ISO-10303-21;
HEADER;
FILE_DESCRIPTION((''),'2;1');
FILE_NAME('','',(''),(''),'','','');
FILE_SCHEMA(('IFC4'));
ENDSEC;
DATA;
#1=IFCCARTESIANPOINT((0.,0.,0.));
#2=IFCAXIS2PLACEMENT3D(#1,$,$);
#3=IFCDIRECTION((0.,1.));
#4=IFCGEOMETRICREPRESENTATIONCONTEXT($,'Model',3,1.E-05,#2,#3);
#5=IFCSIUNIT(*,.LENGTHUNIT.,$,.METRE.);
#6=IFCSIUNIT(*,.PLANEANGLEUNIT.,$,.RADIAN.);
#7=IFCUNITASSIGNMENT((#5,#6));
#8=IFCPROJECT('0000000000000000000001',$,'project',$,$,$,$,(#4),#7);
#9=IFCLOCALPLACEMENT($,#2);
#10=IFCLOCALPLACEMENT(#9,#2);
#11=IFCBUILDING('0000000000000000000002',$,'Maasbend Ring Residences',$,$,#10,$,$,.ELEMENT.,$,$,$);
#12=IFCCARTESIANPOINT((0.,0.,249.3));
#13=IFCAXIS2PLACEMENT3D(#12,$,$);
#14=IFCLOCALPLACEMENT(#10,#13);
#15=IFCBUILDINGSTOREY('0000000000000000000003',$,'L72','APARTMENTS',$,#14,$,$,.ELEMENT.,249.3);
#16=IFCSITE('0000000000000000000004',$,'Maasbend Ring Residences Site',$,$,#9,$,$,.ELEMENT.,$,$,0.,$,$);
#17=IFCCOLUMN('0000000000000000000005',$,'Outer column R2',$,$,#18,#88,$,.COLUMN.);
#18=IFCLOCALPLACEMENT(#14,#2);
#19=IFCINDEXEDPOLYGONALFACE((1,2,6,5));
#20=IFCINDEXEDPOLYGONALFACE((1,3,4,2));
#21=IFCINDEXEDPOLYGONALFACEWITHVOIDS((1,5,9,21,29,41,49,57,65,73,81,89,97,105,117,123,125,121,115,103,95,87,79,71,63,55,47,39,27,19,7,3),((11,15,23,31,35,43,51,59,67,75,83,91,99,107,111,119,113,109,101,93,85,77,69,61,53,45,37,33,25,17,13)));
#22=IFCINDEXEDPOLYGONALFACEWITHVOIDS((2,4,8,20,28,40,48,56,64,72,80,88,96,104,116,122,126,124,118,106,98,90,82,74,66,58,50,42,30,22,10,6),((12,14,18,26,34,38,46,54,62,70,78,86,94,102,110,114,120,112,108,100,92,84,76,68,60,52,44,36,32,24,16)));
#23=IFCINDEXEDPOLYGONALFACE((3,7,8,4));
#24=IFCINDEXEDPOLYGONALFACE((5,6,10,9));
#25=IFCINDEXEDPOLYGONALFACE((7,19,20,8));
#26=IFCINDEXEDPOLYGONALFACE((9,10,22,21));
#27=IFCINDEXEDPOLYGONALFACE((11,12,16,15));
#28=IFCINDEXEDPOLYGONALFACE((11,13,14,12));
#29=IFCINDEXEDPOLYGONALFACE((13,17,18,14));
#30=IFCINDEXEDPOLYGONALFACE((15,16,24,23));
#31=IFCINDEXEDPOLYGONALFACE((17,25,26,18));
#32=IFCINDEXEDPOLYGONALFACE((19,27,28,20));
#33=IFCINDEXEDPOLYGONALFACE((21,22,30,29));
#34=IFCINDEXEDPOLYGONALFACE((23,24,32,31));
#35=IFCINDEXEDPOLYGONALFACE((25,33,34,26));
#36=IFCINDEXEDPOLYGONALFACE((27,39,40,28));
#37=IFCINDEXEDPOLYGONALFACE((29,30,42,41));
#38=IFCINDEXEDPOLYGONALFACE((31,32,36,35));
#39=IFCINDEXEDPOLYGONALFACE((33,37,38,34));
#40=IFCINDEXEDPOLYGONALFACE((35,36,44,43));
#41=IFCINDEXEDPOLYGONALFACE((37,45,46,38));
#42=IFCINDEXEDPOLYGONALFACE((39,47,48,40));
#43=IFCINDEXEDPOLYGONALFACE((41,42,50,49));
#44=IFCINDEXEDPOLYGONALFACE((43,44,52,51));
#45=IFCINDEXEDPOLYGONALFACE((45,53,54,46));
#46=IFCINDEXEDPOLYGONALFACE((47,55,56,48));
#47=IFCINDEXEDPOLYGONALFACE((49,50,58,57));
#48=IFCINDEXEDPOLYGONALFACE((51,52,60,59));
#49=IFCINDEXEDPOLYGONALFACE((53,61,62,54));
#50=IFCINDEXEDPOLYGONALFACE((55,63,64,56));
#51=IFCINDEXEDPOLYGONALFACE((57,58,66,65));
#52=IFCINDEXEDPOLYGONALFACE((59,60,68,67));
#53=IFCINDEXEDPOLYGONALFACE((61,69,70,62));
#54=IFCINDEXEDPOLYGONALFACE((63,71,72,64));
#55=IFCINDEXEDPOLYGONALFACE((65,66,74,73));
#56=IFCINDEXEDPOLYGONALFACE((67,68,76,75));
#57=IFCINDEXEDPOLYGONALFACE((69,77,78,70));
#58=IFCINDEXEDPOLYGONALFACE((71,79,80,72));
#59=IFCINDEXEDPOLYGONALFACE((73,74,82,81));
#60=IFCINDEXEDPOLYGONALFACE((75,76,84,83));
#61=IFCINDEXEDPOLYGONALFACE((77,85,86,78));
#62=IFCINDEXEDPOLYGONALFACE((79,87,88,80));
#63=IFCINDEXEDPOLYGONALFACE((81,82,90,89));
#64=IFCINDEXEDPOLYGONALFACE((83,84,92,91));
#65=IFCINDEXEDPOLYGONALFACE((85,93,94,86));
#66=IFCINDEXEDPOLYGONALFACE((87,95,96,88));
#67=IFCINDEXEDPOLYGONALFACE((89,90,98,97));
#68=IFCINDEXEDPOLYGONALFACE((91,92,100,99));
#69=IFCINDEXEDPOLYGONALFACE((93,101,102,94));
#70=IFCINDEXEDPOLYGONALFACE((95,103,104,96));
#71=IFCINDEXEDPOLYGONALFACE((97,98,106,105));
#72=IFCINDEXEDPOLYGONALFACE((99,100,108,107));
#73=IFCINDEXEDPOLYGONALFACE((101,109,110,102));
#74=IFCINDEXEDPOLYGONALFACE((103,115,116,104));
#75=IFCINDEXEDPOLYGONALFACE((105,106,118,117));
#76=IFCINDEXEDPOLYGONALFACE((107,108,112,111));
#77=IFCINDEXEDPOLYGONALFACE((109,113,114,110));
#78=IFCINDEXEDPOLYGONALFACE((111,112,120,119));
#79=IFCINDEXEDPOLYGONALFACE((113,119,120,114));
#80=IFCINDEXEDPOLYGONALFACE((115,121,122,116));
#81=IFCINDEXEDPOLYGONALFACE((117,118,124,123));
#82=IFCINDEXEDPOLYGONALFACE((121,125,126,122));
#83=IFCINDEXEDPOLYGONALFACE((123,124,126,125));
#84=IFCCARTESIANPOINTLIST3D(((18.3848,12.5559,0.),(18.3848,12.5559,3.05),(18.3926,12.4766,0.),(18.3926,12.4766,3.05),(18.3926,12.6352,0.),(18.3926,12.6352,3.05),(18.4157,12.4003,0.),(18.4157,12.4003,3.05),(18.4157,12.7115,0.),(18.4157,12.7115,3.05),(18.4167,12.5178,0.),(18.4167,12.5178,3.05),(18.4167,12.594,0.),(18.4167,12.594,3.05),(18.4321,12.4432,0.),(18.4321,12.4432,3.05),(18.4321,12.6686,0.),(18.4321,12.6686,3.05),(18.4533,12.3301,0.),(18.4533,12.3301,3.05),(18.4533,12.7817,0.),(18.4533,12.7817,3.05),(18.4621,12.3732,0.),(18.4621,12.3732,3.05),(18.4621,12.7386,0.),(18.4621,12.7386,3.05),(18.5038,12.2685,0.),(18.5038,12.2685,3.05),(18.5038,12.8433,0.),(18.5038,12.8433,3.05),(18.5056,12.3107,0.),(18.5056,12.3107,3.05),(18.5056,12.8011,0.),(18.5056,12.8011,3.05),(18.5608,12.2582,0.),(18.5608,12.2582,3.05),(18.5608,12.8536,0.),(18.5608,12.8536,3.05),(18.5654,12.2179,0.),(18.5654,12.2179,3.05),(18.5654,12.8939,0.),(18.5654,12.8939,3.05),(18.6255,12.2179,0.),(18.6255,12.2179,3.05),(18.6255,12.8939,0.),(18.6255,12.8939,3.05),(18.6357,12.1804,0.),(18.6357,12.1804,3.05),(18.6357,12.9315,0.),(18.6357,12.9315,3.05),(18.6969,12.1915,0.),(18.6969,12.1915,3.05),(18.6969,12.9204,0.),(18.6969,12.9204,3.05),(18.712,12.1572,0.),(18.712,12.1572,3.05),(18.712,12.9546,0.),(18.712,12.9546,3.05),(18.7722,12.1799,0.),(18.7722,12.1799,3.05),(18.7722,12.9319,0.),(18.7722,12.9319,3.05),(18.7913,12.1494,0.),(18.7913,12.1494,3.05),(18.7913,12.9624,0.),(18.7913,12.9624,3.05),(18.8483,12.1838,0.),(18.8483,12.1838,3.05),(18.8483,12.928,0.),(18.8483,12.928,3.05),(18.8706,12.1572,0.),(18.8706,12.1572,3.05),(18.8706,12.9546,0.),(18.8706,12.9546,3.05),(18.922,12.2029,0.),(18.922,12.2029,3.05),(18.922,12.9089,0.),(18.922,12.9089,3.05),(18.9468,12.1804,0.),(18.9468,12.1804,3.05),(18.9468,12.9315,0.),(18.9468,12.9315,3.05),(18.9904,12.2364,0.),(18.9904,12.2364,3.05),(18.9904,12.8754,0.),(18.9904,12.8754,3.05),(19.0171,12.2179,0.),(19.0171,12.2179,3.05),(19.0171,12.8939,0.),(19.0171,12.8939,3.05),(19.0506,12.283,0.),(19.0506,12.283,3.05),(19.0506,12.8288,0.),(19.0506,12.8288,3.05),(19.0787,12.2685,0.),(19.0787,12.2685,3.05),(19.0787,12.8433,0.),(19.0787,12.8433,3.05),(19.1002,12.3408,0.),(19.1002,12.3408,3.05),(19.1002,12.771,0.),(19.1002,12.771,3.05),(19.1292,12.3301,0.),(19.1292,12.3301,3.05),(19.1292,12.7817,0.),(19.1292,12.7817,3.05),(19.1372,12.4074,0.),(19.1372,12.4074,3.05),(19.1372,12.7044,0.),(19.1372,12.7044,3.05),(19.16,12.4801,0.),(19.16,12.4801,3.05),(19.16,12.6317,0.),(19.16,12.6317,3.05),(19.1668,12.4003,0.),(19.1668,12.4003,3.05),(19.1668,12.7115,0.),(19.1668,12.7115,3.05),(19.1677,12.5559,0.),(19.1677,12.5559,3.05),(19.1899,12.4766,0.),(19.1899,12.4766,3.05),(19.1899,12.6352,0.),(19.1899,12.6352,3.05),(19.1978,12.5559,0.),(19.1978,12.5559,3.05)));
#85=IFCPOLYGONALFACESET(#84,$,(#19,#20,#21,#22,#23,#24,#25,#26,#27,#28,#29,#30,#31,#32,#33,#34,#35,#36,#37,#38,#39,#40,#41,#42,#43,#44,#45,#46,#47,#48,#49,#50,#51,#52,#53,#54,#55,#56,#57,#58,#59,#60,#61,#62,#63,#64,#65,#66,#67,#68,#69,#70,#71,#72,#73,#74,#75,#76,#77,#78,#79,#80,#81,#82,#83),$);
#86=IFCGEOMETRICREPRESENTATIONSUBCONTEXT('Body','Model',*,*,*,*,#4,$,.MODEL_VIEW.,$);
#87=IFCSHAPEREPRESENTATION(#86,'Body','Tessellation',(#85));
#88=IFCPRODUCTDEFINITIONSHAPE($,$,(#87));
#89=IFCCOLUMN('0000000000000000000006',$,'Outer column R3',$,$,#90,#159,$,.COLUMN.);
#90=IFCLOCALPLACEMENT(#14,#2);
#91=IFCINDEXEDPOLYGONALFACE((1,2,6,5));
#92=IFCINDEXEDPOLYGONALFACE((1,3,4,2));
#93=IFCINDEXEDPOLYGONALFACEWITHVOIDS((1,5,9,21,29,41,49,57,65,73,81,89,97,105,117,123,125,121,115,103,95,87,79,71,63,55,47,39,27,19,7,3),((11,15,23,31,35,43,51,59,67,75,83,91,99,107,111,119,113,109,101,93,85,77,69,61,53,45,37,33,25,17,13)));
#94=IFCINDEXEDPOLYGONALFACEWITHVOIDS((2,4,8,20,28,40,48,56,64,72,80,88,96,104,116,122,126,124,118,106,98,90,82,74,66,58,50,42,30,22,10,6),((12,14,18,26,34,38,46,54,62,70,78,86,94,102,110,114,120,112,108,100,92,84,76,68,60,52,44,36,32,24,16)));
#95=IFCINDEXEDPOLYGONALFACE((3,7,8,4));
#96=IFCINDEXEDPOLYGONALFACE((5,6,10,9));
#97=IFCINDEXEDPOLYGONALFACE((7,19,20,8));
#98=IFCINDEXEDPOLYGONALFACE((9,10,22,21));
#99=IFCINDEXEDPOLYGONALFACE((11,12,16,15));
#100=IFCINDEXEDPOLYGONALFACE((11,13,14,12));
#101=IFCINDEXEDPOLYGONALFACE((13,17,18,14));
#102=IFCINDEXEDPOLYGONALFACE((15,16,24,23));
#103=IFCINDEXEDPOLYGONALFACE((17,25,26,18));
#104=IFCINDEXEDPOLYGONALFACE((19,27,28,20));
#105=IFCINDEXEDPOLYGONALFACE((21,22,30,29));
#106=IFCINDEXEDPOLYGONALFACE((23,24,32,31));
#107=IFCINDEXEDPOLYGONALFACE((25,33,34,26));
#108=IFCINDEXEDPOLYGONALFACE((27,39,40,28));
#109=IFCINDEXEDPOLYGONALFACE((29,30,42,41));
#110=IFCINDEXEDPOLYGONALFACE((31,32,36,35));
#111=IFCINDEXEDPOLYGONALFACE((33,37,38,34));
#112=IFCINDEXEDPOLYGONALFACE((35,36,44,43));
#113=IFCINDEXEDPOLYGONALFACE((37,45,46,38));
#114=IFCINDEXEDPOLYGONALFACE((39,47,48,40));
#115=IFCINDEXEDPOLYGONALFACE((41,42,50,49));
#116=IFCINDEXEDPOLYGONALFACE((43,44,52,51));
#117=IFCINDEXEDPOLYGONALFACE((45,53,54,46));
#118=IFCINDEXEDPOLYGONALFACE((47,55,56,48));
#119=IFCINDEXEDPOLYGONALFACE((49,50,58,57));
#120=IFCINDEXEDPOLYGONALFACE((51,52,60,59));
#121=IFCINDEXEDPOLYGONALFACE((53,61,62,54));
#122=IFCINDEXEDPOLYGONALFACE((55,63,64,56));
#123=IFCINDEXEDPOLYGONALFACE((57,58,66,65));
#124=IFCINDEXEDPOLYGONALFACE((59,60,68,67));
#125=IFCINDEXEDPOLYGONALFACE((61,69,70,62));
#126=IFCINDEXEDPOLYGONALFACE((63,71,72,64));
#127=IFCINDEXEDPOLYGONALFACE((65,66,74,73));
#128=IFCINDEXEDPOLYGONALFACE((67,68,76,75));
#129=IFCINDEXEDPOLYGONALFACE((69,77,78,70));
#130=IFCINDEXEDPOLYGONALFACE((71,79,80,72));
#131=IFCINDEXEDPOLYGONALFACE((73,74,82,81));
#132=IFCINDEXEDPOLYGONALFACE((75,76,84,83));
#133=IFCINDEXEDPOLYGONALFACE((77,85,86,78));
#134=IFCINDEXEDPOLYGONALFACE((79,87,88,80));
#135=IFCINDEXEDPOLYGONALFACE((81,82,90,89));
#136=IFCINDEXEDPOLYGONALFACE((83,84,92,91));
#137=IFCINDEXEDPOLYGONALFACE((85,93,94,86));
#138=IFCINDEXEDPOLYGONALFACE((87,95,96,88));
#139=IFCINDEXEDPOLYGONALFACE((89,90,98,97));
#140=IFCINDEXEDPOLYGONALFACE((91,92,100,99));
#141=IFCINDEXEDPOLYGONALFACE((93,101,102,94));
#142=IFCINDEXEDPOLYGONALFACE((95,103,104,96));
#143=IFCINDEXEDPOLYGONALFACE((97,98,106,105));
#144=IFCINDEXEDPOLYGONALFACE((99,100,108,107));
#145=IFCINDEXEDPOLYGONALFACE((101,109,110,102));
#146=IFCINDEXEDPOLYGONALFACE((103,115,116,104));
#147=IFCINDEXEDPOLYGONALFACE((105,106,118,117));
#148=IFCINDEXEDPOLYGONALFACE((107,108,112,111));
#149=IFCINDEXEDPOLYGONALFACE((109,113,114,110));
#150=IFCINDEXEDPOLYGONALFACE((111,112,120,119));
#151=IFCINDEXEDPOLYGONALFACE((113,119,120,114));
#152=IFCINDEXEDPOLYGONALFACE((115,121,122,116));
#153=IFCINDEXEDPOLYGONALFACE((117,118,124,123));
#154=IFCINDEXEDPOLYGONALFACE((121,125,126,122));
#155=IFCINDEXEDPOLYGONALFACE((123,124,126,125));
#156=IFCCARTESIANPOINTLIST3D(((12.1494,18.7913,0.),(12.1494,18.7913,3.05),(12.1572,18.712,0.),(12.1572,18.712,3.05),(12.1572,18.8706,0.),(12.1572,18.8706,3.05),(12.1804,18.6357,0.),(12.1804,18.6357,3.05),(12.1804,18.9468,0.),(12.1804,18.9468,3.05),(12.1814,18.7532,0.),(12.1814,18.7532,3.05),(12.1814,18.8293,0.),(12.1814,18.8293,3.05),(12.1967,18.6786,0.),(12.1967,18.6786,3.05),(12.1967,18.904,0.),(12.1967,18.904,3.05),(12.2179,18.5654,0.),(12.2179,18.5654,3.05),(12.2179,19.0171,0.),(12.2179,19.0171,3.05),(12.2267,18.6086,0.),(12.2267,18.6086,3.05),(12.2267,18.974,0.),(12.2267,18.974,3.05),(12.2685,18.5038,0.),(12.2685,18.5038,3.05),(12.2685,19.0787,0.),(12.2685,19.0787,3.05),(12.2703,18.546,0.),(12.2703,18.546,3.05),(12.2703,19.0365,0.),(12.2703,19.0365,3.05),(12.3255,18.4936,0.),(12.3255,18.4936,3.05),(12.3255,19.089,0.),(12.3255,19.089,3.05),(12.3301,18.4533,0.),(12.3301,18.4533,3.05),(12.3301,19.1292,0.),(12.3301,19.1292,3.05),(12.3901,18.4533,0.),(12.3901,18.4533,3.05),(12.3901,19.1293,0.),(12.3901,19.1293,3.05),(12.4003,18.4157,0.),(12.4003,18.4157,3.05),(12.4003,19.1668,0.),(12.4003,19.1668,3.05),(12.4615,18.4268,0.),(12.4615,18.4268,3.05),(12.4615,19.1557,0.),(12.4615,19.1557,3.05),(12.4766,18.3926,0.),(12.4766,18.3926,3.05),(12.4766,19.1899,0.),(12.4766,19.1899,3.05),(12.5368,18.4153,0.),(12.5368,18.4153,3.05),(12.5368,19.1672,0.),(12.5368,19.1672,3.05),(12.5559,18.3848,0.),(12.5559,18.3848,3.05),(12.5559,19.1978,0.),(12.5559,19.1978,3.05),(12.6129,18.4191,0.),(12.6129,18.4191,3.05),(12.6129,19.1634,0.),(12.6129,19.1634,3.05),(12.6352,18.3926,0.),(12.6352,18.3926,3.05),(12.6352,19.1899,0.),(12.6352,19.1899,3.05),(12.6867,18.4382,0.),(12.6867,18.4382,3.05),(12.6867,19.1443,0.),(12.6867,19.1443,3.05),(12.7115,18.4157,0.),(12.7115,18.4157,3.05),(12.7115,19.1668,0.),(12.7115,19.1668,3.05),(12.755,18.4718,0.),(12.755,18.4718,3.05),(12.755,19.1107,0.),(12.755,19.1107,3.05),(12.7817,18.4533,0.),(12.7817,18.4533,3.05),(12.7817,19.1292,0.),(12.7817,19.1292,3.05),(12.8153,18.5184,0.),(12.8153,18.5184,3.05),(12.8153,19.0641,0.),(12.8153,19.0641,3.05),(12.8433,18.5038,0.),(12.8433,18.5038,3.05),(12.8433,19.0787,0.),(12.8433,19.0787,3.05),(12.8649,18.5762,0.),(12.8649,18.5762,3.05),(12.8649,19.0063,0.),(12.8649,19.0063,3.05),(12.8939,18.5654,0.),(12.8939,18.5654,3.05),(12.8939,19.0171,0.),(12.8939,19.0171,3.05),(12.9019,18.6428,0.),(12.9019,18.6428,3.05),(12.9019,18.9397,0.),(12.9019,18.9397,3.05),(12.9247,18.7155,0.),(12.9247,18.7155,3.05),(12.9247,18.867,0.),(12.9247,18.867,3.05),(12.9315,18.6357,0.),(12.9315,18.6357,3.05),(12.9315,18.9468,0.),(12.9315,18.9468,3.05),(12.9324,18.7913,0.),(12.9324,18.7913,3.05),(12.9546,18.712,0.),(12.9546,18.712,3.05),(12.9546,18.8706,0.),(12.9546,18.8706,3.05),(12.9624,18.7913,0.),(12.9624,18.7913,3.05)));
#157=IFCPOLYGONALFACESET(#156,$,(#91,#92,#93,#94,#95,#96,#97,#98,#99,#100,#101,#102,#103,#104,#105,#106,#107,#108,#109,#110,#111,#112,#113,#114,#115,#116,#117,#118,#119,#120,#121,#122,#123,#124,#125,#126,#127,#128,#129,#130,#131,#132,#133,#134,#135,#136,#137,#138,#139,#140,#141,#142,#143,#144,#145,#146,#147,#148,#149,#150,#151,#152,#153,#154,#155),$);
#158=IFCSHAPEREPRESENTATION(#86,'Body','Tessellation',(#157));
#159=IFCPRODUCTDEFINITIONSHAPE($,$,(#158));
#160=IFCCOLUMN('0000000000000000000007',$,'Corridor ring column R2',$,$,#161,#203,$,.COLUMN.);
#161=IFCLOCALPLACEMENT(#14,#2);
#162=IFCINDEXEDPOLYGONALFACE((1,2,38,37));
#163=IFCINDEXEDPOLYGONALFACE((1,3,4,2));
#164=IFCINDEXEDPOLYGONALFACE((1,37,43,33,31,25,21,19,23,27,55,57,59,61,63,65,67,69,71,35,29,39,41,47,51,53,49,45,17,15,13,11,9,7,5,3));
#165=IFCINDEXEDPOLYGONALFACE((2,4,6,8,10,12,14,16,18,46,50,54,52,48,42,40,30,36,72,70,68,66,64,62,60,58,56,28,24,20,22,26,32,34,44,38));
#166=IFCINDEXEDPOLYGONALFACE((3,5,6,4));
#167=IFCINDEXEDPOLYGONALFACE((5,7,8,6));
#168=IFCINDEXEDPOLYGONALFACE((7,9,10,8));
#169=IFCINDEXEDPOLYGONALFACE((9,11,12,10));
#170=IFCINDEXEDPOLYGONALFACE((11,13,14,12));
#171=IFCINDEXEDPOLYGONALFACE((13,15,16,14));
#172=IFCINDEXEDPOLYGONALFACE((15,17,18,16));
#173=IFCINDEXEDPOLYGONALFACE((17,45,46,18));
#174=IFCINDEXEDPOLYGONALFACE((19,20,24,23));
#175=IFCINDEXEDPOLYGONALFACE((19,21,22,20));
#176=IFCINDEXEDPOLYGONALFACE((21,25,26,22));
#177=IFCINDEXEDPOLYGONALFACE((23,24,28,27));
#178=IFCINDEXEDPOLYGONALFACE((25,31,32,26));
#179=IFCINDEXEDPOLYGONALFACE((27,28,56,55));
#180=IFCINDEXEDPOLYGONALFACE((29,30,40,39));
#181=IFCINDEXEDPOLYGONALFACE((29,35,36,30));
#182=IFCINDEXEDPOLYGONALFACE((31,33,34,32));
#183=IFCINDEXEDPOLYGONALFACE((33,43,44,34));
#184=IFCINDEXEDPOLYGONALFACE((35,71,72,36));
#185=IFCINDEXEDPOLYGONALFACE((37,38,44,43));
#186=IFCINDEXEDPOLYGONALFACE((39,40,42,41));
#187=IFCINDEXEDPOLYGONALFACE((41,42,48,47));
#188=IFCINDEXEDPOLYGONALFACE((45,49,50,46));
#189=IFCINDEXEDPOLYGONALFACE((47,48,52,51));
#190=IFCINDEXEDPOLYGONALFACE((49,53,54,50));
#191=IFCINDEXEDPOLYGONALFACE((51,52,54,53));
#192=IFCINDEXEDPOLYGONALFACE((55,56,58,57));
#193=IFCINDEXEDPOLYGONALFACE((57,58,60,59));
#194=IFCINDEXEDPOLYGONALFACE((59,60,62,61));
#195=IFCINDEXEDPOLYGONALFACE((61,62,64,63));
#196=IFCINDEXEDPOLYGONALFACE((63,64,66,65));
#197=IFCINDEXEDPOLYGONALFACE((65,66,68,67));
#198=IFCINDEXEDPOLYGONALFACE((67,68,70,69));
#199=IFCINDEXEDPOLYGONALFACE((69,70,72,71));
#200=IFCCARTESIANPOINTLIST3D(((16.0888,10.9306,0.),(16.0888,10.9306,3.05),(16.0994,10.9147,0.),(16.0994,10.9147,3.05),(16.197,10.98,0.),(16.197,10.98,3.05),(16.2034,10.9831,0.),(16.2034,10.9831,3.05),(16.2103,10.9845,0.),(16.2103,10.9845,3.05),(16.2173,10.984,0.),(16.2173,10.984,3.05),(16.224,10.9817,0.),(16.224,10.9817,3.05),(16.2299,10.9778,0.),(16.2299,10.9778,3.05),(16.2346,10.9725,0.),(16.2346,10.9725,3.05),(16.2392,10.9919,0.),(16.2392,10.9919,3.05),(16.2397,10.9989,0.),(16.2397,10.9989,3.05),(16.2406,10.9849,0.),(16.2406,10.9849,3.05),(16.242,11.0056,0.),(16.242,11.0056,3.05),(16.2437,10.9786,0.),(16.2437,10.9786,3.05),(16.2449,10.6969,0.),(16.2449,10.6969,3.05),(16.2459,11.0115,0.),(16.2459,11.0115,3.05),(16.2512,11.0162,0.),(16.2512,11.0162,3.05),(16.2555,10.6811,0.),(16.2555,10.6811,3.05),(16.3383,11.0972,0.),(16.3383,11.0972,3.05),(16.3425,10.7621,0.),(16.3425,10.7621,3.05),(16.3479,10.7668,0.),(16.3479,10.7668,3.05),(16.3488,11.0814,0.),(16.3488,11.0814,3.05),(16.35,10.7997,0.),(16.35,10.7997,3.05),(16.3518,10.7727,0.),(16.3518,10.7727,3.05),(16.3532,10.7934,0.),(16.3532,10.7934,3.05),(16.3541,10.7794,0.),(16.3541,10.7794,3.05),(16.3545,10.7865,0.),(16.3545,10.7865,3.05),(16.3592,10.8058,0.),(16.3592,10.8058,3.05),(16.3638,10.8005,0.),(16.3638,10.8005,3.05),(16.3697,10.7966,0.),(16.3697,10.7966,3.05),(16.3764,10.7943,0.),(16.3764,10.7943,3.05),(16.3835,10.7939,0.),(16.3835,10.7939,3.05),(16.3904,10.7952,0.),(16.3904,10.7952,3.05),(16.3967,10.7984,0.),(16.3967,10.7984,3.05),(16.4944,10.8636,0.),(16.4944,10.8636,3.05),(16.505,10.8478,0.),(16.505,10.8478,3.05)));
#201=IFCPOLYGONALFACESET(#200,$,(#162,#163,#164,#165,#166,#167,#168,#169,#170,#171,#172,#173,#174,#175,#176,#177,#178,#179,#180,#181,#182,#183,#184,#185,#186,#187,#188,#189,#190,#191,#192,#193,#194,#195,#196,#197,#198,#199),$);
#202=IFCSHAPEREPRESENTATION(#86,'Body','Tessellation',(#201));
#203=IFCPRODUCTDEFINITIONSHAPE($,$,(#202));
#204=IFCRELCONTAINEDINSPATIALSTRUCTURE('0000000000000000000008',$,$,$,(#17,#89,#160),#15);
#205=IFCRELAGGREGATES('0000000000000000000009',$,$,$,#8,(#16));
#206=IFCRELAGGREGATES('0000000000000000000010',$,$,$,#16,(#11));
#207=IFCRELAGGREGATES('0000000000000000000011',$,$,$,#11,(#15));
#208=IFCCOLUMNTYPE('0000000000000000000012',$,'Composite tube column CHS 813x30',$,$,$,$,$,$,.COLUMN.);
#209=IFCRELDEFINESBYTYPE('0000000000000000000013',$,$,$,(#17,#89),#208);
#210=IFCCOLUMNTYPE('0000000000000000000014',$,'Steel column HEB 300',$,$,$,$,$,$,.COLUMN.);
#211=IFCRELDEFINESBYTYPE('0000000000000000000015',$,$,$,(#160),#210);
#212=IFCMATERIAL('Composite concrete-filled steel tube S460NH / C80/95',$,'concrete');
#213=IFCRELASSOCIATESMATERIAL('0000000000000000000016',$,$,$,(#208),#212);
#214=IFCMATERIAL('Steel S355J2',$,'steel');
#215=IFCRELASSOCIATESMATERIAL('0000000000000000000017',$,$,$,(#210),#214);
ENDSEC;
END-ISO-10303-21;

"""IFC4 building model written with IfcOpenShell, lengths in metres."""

from ifc_helpers import new_model, si_unit, direction, frame, origin, origin_2d, place, context, subcontext, project, spatial, hollow_circle, i_section, extrude, material, material_profile, profile_set, type_object, element, save


model = new_model("IFC4")

# Units and contexts
model_context = context("Model", 3, precision=1e-05, world=origin(), true_north=direction((0.0, 1.0)))
body_context = subcontext(model_context, "Body", "Model", "MODEL_VIEW")
ifc_project = project(units=[si_unit("LENGTHUNIT", "METRE"), si_unit("PLANEANGLEUNIT", "RADIAN")], contexts=[model_context])

# Site, building, storey
site_placement = place(None, origin())
site = spatial("IfcSite", under=ifc_project, at=site_placement, Name="Maasbend Ring Residences Site", CompositionType="ELEMENT", RefElevation=0.0)
building_placement = place(site_placement, origin())
building = spatial("IfcBuilding", under=site, at=building_placement, Name="Maasbend Ring Residences", CompositionType="ELEMENT")
storey_placement = place(building_placement, frame((0.0, 0.0, 249.3)))
storey = spatial("IfcBuildingStorey", under=building, at=storey_placement, Name="L72", Description="APARTMENTS", CompositionType="ELEMENT", Elevation=249.3)

# Columns
ifc_material_1 = material(Name="Composite concrete-filled steel tube S460NH / C80/95", Category="concrete")
ifc_material_profile_1 = material_profile(ifc_material_1, hollow_circle(Radius=0.4065, WallThickness=0.03, at=origin_2d()), Name="Composite tube column CHS 813x30")
ifc_profile_set_1 = profile_set([ifc_material_profile_1], Name="Composite concrete-filled steel tube S460NH / C80/95")
column_type_1 = type_object("IfcColumnType", Name="Composite tube column CHS 813x30", PredefinedType="COLUMN", material=ifc_profile_set_1)
for number, where, z_axis, x_axis, name in (
    (1, (18.7913, 12.5559, 0.0), (0.0, 0.0, 1.0), (1.0, 0.0, 0.0), "Outer column R2"),
    (2, (12.5559, 18.7913, 0.0), (0.0, 0.0, 1.0), (1.0, 0.0, 0.0), "Outer column R3"),
):
    element("IfcColumn", number, at=place(storey_placement, frame(where, z_axis=z_axis, x_axis=x_axis)), inside=storey, type_object=column_type_1, Name=name, PredefinedType="COLUMN", context=body_context, shape_type="SweptSolid", body=[
        extrude(hollow_circle(Radius=0.4065, WallThickness=0.03, at=origin_2d()), origin(), (0.0, 0.0, 1.0), 3.05),
    ])
ifc_material_2 = material(Name="Steel S355J2", Category="steel")
ifc_material_profile_2 = material_profile(ifc_material_2, i_section(OverallWidth=0.3, OverallDepth=0.3, WebThickness=0.011, FlangeThickness=0.019, FilletRadius=0.0271, at=origin_2d()), Name="HEB 300")
ifc_profile_set_2 = profile_set([ifc_material_profile_2], Name="Steel S355J2")
column_type_2 = type_object("IfcColumnType", Name="Steel column HEB 300", PredefinedType="COLUMN", material=ifc_profile_set_2)
for number, where, z_axis, x_axis, name in (
    (3, (16.2969, 10.8892, 0.0), (0.0, 0.0, 1.0), (0.83147, 0.55557, 0.0), "Corridor ring column R2"),
):
    element("IfcColumn", number, at=place(storey_placement, frame(where, z_axis=z_axis, x_axis=x_axis)), inside=storey, type_object=column_type_2, Name=name, PredefinedType="COLUMN", context=body_context, shape_type="SweptSolid", body=[
        extrude(i_section(OverallWidth=0.3, OverallDepth=0.3, WebThickness=0.011, FlangeThickness=0.019, FilletRadius=0.0271, at=origin_2d()), origin(), (0.0, 0.0, 1.0), 3.05),
    ])

save(model, "model.ifc")
